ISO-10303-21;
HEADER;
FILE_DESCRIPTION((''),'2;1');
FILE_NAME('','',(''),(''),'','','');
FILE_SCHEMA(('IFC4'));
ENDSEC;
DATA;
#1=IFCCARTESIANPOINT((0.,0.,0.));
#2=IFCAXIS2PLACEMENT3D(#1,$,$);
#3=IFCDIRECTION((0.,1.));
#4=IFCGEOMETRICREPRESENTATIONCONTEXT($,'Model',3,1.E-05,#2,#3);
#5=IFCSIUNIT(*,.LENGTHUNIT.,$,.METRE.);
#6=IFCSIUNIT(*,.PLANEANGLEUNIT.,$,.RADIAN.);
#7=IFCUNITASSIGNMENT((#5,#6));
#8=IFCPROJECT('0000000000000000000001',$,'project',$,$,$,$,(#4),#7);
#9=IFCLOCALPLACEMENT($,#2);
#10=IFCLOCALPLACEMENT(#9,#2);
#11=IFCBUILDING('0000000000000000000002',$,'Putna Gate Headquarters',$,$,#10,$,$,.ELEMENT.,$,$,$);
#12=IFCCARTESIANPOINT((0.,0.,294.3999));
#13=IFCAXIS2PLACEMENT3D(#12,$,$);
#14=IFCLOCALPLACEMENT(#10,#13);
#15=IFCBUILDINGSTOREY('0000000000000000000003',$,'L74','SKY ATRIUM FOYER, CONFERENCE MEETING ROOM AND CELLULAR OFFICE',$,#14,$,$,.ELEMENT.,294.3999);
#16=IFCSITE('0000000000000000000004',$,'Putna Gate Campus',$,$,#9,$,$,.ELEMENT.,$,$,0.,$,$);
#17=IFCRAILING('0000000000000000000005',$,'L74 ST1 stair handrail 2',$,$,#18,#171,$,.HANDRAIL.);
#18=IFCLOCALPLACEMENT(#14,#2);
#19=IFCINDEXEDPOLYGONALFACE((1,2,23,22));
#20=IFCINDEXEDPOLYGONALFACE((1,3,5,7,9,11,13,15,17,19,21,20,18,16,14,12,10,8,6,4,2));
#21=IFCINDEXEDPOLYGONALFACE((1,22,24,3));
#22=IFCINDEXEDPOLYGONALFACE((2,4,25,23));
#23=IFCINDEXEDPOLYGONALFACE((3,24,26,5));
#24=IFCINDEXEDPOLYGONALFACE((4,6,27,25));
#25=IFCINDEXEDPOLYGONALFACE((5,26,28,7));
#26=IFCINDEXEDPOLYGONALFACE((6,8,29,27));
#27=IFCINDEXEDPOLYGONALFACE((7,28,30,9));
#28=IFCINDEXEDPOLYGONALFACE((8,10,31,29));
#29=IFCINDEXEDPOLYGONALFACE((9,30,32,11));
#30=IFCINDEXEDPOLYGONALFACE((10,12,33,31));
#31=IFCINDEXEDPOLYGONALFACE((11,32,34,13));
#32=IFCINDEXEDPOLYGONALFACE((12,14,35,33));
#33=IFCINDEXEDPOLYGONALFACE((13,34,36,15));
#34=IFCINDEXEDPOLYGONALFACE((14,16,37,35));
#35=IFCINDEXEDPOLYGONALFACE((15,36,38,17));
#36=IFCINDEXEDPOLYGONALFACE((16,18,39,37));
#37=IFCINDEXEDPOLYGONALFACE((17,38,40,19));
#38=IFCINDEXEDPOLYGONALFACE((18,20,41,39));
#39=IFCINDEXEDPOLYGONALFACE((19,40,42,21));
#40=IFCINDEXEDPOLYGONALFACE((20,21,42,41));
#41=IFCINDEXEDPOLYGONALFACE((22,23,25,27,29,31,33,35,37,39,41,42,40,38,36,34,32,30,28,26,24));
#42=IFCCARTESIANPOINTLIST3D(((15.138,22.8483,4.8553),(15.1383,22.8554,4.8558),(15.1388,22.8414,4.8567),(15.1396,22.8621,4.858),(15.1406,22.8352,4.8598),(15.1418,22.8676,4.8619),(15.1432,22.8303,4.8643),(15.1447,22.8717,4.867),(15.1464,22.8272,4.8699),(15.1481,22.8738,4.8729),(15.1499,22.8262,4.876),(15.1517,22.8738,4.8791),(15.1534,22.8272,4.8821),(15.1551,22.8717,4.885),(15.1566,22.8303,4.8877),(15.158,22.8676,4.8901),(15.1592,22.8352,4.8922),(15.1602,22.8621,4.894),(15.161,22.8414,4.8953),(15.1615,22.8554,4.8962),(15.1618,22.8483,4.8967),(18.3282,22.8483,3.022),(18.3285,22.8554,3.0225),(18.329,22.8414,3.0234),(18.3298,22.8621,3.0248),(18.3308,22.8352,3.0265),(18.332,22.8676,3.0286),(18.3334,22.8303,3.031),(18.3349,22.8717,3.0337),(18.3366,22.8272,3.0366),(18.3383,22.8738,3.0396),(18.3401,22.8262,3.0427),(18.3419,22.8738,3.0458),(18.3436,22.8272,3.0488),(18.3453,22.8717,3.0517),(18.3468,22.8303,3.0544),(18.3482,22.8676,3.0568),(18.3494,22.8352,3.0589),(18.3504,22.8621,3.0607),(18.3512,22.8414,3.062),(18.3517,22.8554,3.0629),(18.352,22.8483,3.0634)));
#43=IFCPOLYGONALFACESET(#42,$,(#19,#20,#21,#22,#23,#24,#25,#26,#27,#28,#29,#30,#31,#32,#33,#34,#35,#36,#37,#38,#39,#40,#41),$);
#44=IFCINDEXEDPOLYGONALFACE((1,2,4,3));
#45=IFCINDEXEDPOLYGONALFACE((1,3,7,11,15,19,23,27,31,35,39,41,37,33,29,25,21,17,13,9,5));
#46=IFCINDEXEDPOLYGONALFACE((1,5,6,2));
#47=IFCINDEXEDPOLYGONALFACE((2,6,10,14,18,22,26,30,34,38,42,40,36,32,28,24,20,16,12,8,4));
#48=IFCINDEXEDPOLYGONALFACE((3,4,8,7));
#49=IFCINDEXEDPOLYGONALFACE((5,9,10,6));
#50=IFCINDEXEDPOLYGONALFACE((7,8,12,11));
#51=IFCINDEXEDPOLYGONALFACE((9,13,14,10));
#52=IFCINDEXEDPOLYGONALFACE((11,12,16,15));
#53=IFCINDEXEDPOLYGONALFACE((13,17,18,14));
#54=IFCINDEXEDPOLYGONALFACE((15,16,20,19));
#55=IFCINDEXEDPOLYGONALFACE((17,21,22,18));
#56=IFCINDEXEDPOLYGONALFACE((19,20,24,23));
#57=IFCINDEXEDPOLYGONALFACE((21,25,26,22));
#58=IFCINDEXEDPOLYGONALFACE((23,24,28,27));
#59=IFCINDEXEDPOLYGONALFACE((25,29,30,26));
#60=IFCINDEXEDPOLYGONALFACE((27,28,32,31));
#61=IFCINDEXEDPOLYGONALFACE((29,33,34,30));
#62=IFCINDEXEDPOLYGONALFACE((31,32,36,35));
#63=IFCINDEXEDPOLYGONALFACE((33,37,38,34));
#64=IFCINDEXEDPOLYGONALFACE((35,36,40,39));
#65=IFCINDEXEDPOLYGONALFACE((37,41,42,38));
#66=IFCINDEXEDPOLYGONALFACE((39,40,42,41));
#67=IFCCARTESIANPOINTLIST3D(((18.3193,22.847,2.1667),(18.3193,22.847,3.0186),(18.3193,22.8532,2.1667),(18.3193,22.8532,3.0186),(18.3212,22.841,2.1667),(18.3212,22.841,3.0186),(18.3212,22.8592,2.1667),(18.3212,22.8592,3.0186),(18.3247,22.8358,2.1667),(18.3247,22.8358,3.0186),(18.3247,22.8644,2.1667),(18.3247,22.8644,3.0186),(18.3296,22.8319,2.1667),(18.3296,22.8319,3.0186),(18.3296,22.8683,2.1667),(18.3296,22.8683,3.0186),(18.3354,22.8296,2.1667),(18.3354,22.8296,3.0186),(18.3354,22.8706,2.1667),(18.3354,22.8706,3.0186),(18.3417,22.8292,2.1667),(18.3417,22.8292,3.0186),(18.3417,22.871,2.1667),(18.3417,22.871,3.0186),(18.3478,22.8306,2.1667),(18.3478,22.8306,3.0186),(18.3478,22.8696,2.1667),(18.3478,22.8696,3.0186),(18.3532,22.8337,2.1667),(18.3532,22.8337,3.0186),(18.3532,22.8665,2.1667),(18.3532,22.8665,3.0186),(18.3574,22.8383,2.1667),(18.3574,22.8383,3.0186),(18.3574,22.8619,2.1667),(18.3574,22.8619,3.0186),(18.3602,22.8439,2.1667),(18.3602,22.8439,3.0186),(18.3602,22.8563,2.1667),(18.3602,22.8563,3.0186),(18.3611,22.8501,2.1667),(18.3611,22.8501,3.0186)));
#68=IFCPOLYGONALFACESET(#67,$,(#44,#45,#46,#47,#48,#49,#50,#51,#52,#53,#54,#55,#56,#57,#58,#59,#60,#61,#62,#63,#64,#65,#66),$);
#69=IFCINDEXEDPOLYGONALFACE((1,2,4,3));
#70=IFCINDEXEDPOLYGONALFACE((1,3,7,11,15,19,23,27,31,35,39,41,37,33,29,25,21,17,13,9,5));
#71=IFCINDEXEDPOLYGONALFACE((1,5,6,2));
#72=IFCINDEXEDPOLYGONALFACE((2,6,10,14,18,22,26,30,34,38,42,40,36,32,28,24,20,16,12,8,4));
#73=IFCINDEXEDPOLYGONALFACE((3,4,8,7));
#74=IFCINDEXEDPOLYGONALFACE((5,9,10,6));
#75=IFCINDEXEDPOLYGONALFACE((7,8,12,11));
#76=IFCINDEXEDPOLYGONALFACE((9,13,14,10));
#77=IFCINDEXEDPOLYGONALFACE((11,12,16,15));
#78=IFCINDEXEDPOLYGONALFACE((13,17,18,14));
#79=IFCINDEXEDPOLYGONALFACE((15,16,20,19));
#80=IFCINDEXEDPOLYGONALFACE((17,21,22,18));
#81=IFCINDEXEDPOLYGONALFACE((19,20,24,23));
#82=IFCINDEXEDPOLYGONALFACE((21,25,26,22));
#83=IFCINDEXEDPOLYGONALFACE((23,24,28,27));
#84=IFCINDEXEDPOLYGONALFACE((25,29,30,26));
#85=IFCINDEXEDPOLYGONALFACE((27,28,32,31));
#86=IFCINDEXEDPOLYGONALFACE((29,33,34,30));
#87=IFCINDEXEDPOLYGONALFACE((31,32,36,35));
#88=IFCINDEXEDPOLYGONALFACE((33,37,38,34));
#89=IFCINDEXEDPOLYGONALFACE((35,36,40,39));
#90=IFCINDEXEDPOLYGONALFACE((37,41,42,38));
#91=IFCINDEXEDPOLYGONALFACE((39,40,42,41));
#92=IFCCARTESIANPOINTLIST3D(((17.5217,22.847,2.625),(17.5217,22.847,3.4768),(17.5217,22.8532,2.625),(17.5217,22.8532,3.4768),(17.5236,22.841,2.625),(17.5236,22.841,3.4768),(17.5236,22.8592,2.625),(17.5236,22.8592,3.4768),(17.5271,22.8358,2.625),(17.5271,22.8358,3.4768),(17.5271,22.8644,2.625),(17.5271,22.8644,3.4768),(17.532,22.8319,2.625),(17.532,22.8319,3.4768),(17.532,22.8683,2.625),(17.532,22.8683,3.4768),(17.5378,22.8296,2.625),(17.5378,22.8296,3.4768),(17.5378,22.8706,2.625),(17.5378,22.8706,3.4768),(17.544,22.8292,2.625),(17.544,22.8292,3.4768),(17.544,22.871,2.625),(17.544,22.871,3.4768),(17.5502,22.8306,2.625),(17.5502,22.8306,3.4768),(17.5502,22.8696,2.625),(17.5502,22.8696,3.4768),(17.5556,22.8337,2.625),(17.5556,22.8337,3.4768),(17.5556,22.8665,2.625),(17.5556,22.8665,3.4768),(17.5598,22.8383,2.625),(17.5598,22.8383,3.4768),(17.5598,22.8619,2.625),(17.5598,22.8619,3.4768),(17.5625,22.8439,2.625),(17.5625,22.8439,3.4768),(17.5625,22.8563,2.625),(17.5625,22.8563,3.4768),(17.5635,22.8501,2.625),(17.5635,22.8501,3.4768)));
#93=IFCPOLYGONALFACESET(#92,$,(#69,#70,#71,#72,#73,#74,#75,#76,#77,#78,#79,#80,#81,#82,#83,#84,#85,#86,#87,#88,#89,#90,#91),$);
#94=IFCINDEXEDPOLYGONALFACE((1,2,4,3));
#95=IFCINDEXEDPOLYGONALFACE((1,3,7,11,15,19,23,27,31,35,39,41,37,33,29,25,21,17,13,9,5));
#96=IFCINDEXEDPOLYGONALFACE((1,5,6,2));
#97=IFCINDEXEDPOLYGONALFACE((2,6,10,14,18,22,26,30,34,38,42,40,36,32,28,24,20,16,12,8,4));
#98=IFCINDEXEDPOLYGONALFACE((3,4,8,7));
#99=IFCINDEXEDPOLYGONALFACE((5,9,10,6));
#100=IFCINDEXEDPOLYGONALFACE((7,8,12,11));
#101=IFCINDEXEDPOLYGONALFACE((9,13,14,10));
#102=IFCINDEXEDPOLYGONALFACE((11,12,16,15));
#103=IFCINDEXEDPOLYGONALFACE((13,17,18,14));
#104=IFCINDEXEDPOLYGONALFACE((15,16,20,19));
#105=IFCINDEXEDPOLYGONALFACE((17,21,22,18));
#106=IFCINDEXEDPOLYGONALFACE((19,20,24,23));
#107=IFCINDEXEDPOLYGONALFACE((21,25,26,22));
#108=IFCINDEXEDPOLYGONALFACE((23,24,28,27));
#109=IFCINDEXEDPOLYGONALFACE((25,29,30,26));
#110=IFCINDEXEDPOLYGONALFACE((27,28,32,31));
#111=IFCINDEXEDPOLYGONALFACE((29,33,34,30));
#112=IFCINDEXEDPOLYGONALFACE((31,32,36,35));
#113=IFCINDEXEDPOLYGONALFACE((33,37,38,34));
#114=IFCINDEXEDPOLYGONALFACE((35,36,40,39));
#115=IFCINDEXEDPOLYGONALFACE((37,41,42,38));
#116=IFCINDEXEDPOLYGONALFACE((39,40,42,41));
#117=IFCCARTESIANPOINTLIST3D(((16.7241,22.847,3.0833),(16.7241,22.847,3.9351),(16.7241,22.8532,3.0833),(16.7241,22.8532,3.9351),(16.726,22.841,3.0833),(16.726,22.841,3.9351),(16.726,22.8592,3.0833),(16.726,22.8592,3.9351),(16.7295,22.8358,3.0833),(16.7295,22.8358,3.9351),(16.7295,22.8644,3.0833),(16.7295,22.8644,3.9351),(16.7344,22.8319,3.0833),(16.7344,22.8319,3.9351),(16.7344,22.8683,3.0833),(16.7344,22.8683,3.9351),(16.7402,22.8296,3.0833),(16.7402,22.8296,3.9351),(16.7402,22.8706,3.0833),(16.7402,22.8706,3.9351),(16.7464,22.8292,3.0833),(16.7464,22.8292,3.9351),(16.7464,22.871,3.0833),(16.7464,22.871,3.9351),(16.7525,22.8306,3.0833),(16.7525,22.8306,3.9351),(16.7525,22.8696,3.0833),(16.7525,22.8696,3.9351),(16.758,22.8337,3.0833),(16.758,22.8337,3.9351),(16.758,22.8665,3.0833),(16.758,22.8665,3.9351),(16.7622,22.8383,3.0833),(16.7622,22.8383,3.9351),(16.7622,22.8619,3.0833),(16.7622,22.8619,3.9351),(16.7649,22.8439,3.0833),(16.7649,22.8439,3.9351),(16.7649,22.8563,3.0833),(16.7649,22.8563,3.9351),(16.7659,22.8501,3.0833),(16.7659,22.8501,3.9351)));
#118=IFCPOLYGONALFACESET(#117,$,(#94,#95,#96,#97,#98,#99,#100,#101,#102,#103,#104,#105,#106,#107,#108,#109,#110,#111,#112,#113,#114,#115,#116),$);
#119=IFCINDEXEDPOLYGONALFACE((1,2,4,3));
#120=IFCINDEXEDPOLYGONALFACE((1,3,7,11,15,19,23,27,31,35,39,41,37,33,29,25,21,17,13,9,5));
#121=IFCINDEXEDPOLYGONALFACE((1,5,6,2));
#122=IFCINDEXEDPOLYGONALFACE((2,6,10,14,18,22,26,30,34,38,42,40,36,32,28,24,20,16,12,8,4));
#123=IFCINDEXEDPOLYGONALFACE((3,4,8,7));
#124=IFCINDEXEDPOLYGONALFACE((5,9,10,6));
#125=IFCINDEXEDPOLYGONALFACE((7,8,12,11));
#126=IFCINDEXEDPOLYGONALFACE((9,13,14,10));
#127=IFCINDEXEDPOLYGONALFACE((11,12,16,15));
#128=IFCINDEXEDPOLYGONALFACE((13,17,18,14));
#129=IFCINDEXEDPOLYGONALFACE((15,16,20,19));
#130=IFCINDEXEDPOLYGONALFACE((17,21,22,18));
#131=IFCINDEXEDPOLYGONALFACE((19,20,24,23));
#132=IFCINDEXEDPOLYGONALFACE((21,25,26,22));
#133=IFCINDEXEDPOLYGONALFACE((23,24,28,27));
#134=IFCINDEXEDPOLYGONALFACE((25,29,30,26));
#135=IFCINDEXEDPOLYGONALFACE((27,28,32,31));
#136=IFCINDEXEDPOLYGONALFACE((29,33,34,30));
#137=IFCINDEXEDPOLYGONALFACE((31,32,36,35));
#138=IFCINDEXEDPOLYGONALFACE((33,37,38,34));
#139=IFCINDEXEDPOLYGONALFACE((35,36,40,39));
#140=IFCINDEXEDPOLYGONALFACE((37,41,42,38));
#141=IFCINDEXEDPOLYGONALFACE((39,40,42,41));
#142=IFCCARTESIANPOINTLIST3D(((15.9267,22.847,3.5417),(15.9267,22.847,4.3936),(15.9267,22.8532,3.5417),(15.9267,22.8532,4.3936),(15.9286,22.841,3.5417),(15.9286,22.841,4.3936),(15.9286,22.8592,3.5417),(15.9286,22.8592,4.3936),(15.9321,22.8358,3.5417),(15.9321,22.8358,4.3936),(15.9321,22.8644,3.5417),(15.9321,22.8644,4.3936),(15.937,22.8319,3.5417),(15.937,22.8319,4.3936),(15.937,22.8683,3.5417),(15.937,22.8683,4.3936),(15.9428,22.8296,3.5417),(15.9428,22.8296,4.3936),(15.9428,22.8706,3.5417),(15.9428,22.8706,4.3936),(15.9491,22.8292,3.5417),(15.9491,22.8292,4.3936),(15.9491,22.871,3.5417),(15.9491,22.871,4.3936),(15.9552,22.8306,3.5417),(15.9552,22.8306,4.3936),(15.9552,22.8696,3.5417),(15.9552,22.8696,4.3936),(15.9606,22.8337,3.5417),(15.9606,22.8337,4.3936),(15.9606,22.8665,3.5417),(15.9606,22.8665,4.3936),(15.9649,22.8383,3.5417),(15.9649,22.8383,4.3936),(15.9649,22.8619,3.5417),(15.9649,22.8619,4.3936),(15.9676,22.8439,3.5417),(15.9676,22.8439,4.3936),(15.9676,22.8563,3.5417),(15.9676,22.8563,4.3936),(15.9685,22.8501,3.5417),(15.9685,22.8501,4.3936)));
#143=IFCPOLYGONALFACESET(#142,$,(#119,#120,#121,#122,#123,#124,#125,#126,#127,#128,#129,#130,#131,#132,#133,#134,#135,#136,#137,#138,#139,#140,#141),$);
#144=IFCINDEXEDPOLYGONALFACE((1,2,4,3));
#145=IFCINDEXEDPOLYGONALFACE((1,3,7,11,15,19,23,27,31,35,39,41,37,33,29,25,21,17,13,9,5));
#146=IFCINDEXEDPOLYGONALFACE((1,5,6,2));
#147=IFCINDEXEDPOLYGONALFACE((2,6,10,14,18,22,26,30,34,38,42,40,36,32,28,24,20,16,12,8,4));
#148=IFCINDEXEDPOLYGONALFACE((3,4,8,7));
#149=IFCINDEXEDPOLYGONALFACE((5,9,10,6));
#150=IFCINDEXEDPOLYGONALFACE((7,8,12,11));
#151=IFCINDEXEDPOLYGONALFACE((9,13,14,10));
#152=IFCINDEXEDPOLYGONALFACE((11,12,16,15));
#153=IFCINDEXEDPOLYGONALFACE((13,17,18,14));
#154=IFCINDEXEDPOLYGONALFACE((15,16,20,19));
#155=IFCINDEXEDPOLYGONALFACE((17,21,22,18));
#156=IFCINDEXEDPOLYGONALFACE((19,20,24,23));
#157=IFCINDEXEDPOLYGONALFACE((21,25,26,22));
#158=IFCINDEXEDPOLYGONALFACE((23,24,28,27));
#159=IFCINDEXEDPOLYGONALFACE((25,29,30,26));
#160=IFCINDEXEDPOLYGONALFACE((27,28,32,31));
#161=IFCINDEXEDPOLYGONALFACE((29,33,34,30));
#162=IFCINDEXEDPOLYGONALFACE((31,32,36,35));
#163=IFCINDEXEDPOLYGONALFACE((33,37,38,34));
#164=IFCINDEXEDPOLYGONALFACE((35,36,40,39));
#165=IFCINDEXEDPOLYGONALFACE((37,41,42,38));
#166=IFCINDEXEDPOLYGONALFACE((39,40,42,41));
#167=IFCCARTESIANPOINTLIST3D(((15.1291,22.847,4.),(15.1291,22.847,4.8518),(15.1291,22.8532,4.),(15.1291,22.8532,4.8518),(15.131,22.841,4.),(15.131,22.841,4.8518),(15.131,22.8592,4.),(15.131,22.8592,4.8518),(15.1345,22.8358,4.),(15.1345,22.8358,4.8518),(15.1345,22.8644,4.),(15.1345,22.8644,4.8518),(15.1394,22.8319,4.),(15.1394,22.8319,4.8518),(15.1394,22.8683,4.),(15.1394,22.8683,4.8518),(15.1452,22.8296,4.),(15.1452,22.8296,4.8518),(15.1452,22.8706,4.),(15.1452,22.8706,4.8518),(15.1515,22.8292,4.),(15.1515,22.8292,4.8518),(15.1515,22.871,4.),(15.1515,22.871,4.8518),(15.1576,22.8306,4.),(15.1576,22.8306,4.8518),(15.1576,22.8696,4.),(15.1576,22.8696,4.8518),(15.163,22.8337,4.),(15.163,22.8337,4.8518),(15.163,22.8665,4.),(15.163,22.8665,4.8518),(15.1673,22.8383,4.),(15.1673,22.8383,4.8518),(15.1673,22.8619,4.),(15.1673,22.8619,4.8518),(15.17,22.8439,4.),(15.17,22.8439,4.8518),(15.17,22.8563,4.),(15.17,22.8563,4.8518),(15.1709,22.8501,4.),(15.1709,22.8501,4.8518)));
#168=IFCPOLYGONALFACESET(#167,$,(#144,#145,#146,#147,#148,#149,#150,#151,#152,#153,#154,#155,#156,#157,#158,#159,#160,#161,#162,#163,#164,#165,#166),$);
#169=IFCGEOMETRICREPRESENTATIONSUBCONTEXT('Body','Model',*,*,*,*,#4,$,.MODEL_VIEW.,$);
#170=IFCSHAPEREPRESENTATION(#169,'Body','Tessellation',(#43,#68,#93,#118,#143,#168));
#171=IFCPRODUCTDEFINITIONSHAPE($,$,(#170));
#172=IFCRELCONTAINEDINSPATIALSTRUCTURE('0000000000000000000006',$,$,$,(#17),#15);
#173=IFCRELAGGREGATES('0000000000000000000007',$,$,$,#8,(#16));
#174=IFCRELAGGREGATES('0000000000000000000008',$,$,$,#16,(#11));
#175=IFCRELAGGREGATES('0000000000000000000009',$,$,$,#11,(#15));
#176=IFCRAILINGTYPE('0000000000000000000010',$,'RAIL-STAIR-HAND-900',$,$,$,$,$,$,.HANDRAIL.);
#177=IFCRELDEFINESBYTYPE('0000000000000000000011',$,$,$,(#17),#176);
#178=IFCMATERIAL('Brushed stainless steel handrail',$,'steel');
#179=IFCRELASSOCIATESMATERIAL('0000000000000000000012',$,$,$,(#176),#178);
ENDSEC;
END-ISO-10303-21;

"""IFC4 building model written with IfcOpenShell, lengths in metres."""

from ifc_helpers import new_model, si_unit, direction, frame, origin, origin_2d, place, context, subcontext, project, spatial, circle, extrude, material, type_object, element, save


model = new_model("IFC4")

# Units and contexts
model_context = context("Model", 3, precision=1e-05, world=origin(), true_north=direction((0.0, 1.0)))
body_context = subcontext(model_context, "Body", "Model", "MODEL_VIEW")
ifc_project = project(units=[si_unit("LENGTHUNIT", "METRE"), si_unit("PLANEANGLEUNIT", "RADIAN")], contexts=[model_context])

# Site, building, storey
site_placement = place(None, origin())
site = spatial("IfcSite", under=ifc_project, at=site_placement, Name="Putna Gate Campus", CompositionType="ELEMENT", RefElevation=0.0)
building_placement = place(site_placement, origin())
building = spatial("IfcBuilding", under=site, at=building_placement, Name="Putna Gate Headquarters", CompositionType="ELEMENT")
storey_placement = place(building_placement, frame((0.0, 0.0, 294.3999)))
storey = spatial("IfcBuildingStorey", under=building, at=storey_placement, Name="L74", Description="SKY ATRIUM FOYER, CONFERENCE MEETING ROOM AND CELLULAR OFFICE", CompositionType="ELEMENT", Elevation=294.3999)

# Railing
ifc_material_1 = material(Name="Brushed stainless steel handrail", Category="steel")
railing_type = type_object("IfcRailingType", Name="RAIL-STAIR-HAND-900", PredefinedType="HANDRAIL", material=ifc_material_1)
railing_placement = place(storey_placement, frame((18.3401, 22.8501, 2.1667)))
element("IfcRailing", 1, at=railing_placement, inside=storey, type_object=railing_type, Name="L74 ST1 stair handrail 2", PredefinedType="HANDRAIL", context=body_context, shape_type="SweptSolid", body=[
    extrude(circle(Radius=0.0239, at=origin_2d()), frame((0.0, 0.0, 0.876), z_axis=(-0.867036, 0.0, 0.498245), x_axis=(0.0, -1.0, 0.0)), (0.0, 0.0, 1.0), 3.6794),
    extrude(circle(Radius=0.021, at=origin_2d()), origin(), (0.0, 0.0, 1.0), 0.8518),
    extrude(circle(Radius=0.021, at=origin_2d()), frame((-0.7976, 0.0, 0.4583)), (0.0, 0.0, 1.0), 0.8518),
    extrude(circle(Radius=0.021, at=origin_2d()), frame((-1.5952, 0.0, 0.9165)), (0.0, 0.0, 1.0), 0.8518),
    extrude(circle(Radius=0.021, at=origin_2d()), frame((-2.3926, 0.0, 1.375)), (0.0, 0.0, 1.0), 0.8518),
    extrude(circle(Radius=0.021, at=origin_2d()), frame((-3.1902, 0.0, 1.8333)), (0.0, 0.0, 1.0), 0.8518),
])

save(model, "model.ifc")
